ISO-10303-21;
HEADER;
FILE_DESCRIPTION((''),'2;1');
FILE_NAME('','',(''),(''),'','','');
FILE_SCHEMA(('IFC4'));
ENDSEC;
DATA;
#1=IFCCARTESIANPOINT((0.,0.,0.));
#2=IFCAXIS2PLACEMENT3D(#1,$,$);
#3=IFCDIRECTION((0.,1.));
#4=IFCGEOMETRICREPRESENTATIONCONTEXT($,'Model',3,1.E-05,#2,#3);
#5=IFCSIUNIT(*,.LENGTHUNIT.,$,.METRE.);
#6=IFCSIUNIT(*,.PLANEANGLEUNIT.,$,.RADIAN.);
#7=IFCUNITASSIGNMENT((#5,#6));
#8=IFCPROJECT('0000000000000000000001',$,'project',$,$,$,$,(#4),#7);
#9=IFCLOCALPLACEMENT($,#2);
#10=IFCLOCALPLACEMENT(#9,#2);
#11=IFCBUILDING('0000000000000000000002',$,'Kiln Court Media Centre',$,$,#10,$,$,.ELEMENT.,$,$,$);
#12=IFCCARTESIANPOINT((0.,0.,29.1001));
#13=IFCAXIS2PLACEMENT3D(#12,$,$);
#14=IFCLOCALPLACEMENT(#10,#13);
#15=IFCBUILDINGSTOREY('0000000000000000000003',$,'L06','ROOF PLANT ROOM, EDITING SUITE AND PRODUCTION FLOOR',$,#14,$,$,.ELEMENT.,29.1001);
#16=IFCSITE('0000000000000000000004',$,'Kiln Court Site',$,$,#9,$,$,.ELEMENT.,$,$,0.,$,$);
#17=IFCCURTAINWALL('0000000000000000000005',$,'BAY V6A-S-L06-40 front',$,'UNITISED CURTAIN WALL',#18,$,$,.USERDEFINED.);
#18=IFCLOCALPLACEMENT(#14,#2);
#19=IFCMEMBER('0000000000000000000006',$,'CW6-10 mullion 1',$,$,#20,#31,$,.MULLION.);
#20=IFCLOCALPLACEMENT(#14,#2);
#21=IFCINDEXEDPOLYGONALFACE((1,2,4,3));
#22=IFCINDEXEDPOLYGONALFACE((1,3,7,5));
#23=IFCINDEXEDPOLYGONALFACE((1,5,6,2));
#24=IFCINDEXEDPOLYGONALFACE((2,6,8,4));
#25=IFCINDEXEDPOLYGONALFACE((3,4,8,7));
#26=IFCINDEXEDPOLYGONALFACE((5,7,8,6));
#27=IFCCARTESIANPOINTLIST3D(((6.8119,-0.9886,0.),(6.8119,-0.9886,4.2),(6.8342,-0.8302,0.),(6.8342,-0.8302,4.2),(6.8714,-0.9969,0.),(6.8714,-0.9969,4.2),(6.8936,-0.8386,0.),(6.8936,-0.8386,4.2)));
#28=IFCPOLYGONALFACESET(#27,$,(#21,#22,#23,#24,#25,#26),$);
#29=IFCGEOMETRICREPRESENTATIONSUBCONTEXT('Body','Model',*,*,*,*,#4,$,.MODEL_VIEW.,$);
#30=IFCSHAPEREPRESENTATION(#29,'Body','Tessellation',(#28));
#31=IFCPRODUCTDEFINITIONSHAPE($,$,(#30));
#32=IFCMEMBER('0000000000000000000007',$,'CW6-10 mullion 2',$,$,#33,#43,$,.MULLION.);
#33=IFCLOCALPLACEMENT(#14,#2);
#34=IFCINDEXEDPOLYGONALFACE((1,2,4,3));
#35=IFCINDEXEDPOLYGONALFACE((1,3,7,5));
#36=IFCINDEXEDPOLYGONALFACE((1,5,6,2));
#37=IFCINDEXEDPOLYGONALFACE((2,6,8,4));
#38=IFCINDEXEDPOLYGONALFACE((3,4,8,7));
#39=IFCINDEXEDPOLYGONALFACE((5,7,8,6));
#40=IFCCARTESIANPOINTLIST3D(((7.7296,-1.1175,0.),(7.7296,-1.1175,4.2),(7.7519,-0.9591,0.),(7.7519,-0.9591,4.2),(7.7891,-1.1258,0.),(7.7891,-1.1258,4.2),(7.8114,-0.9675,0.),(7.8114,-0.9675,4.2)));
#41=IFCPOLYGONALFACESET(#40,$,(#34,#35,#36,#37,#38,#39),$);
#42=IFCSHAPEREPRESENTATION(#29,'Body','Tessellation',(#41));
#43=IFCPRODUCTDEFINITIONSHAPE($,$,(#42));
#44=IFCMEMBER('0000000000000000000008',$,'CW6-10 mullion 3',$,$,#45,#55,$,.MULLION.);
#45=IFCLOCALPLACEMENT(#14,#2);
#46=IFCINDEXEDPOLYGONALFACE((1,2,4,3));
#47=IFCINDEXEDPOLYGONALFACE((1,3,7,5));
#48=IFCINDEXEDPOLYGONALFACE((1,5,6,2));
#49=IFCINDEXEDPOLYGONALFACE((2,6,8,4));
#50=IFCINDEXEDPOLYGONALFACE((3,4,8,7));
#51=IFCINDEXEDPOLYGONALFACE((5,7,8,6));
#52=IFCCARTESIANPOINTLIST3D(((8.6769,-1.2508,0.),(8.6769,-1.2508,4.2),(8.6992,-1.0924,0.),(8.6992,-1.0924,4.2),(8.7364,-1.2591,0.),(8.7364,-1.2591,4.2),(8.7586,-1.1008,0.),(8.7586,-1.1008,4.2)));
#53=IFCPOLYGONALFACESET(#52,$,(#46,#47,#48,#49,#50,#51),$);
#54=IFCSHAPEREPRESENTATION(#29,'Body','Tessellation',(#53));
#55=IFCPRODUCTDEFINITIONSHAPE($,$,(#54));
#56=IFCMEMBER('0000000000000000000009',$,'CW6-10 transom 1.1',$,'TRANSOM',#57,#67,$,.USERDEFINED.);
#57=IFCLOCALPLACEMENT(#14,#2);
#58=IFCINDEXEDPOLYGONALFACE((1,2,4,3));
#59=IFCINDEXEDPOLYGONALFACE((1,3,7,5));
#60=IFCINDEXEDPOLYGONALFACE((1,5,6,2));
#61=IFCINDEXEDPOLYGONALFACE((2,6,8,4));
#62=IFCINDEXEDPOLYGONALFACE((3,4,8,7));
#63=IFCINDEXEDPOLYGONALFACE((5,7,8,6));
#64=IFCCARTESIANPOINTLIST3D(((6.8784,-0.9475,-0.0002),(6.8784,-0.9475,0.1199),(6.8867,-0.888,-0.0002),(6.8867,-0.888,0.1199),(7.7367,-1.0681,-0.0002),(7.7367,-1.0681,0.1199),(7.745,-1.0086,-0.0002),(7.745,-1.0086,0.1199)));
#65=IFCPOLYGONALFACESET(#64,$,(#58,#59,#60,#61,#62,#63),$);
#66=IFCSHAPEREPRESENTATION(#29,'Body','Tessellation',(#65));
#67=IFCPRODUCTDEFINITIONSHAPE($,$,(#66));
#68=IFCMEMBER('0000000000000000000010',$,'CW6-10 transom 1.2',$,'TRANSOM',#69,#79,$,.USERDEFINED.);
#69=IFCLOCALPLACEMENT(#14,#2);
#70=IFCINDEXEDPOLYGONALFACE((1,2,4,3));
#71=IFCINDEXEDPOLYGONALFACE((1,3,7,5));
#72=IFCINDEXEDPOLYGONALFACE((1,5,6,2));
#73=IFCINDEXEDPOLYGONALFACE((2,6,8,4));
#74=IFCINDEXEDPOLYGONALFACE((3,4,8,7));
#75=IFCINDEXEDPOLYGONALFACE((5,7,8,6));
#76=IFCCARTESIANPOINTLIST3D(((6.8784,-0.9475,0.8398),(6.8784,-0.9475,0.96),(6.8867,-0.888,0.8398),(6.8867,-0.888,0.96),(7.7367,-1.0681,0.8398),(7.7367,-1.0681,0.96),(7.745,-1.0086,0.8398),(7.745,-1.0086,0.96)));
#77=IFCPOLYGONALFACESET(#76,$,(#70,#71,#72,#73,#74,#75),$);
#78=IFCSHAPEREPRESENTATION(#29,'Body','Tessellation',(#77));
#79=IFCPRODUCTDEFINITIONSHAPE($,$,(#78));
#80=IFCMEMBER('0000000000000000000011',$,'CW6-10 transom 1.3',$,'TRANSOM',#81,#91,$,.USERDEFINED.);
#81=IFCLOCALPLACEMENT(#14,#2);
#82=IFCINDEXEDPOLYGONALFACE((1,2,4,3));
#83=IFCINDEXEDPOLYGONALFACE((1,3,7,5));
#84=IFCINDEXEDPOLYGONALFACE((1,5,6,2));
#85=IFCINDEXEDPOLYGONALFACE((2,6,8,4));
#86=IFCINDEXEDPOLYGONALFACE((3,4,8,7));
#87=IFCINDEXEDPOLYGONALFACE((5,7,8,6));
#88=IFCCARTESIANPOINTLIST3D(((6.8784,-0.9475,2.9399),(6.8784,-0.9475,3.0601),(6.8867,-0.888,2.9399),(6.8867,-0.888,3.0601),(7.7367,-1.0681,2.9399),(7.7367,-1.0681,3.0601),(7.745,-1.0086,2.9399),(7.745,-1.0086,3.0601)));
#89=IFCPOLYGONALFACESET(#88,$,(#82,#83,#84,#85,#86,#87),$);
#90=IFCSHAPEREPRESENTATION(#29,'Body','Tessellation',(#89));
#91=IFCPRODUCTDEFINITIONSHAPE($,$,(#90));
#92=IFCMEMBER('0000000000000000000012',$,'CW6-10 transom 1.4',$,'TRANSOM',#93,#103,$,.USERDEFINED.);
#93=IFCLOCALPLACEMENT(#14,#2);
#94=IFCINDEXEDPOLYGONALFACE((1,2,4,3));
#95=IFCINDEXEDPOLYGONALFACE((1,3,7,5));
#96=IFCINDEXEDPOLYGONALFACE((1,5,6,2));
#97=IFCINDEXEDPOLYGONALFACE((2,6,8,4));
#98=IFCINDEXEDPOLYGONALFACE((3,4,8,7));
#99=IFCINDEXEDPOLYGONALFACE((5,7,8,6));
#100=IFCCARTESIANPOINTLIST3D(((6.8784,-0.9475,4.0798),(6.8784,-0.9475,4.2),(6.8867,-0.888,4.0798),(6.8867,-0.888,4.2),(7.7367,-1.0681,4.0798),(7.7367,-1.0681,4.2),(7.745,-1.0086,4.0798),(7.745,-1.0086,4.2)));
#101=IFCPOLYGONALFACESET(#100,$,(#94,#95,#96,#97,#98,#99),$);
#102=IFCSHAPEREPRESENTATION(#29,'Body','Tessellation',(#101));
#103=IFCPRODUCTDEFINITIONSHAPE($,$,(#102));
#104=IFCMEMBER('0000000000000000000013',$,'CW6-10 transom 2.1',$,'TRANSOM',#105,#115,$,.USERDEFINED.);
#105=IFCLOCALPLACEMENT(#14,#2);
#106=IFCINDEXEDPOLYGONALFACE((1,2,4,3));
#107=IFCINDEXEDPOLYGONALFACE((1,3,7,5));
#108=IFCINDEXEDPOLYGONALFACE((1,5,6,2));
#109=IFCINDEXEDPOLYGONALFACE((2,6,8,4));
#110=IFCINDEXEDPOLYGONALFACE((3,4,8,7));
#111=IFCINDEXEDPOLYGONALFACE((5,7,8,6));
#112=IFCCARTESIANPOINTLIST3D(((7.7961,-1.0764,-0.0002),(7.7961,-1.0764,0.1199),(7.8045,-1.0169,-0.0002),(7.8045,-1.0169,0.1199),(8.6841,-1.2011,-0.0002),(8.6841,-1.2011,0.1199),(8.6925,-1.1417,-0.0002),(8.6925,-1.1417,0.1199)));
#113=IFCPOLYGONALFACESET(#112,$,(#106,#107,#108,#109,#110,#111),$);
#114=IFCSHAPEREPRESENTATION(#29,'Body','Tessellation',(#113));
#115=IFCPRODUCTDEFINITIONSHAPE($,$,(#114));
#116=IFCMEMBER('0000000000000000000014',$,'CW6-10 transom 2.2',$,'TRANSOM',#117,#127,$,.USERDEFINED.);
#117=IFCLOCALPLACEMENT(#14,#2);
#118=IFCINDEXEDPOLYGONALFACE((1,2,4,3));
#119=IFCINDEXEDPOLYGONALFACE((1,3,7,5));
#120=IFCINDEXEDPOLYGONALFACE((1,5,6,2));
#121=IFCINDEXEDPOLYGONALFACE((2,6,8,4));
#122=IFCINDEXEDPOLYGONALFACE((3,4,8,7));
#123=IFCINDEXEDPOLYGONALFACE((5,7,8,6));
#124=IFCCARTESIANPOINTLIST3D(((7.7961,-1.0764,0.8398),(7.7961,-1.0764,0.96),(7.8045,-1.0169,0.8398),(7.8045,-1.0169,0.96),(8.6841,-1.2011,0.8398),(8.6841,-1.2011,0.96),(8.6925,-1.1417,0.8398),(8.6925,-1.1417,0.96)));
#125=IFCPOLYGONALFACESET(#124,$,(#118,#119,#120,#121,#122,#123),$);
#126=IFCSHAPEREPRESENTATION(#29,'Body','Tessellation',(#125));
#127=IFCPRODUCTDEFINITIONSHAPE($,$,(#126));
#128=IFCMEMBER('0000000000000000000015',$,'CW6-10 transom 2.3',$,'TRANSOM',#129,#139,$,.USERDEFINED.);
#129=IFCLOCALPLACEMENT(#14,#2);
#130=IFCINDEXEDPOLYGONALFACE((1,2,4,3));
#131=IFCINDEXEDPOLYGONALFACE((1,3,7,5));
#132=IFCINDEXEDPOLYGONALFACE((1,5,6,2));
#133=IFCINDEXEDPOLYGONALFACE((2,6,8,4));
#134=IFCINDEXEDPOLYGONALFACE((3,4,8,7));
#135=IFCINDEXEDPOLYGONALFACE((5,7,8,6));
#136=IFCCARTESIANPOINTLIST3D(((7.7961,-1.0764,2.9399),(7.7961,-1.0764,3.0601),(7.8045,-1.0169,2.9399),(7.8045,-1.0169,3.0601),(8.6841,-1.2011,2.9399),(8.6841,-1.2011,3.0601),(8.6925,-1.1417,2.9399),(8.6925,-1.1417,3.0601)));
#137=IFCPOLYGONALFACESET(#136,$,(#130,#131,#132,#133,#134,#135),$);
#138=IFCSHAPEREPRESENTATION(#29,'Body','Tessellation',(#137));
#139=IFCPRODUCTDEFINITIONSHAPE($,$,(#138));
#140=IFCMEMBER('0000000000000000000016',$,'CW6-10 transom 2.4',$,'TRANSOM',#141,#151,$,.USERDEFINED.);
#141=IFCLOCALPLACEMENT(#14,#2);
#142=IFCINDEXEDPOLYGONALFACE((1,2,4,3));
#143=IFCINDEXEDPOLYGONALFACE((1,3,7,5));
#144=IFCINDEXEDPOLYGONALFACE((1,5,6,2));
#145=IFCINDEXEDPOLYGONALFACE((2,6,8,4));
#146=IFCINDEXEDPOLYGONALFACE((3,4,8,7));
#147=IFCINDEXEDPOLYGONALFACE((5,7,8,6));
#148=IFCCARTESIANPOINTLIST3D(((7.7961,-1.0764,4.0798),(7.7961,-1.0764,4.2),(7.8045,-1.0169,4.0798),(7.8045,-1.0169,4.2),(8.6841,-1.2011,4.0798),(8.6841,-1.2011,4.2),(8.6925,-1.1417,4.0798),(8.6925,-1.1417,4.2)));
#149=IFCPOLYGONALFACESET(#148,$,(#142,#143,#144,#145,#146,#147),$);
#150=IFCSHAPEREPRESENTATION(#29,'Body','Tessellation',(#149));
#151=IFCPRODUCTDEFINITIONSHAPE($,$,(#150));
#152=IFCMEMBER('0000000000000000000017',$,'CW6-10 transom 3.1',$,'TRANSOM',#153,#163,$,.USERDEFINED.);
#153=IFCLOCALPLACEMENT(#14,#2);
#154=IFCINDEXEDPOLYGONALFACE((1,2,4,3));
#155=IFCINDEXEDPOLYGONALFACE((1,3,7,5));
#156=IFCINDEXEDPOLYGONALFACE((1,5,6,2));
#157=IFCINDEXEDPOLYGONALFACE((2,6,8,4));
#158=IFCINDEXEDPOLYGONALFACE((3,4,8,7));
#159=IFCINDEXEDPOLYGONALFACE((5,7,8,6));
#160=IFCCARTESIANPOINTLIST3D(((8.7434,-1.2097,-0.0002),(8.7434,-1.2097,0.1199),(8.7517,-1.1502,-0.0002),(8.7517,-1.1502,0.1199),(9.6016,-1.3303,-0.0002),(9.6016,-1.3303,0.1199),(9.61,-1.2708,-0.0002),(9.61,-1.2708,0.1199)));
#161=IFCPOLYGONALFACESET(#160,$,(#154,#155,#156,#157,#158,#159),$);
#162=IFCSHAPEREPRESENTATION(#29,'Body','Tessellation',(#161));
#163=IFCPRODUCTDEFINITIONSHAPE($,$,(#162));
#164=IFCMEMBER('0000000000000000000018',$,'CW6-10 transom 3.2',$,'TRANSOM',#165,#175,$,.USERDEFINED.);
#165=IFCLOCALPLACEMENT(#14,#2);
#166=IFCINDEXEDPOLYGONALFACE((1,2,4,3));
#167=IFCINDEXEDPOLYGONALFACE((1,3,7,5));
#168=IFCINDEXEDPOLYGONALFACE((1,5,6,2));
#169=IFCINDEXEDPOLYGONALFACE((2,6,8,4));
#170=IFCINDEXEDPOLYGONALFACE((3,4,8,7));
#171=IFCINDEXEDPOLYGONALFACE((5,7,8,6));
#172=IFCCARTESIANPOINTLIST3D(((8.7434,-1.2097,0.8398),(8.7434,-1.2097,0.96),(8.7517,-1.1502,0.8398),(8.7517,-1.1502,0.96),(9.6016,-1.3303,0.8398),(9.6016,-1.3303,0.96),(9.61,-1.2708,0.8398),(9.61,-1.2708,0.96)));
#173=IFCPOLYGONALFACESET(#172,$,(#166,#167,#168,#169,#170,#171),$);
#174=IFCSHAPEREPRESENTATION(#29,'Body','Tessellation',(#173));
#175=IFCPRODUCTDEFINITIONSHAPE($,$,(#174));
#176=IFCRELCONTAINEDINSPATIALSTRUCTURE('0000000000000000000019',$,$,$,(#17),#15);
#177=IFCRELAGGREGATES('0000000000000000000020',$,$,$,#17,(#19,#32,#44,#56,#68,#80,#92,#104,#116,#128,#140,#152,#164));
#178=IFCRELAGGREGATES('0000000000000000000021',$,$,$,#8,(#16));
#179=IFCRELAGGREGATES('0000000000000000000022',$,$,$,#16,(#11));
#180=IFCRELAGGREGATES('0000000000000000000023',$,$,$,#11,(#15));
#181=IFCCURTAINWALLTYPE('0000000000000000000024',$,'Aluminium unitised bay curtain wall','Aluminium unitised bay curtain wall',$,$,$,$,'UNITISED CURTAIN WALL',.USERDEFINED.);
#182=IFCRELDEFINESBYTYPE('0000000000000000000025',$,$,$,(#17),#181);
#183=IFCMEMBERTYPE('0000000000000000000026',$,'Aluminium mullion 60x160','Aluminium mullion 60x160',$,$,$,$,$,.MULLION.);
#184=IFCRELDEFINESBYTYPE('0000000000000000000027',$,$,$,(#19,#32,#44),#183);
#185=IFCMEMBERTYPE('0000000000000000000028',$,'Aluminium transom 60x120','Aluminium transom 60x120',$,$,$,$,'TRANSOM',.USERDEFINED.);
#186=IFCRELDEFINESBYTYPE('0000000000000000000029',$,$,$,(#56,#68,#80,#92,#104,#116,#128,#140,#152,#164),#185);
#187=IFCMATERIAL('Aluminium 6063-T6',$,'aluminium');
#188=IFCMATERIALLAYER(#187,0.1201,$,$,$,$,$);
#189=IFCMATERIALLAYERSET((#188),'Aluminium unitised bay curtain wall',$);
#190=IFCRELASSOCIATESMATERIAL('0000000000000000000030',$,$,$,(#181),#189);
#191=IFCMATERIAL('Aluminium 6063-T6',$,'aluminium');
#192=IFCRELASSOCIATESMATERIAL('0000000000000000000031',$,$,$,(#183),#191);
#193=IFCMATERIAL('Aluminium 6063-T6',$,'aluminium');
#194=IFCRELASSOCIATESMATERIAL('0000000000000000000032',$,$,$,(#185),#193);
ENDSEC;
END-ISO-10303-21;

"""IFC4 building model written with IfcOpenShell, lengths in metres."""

from ifc_helpers import new_model, si_unit, direction, frame, origin, origin_2d, place, context, subcontext, project, spatial, rectangle, extrude, material, layer, layer_set, material_profile, profile_set, type_object, element, aggregate, save


model = new_model("IFC4")

# Units and contexts
model_context = context("Model", 3, precision=1e-05, world=origin(), true_north=direction((0.0, 1.0)))
body_context = subcontext(model_context, "Body", "Model", "MODEL_VIEW")
ifc_project = project(units=[si_unit("LENGTHUNIT", "METRE"), si_unit("PLANEANGLEUNIT", "RADIAN")], contexts=[model_context])

# Site, building, storey
site_placement = place(None, origin())
site = spatial("IfcSite", under=ifc_project, at=site_placement, Name="Kiln Court Site", CompositionType="ELEMENT", RefElevation=0.0)
building_placement = place(site_placement, origin())
building = spatial("IfcBuilding", under=site, at=building_placement, Name="Kiln Court Media Centre", CompositionType="ELEMENT")
storey_placement = place(building_placement, frame((0.0, 0.0, 29.1001)))
storey = spatial("IfcBuildingStorey", under=building, at=storey_placement, Name="L06", Description="ROOF PLANT ROOM, EDITING SUITE AND PRODUCTION FLOOR", CompositionType="ELEMENT", Elevation=29.1001)

# Curtain wall, members
ifc_material_1 = material(Name="Aluminium 6063-T6", Category="aluminium")
ifc_layer_1 = layer(ifc_material_1, 0.1201)
ifc_layer_set_1 = layer_set([ifc_layer_1], Name="Aluminium unitised bay curtain wall")
curtain_wall_type = type_object("IfcCurtainWallType", Name="Aluminium unitised bay curtain wall", Description="Aluminium unitised bay curtain wall", ElementType="UNITISED CURTAIN WALL", PredefinedType="USERDEFINED", material=ifc_layer_set_1)
curtain_wall_placement = place(storey_placement, origin())
curtain_wall = element("IfcCurtainWall", 1, at=curtain_wall_placement, inside=storey, type_object=curtain_wall_type, Name="BAY V6A-S-L06-40 front", ObjectType="UNITISED CURTAIN WALL", PredefinedType="USERDEFINED")
ifc_material_2 = material(Name="Aluminium 6063-T6", Category="aluminium")
ifc_material_profile_1 = material_profile(ifc_material_2, rectangle(XDim=0.0601, YDim=0.1599, at=origin_2d()), Name="Aluminium mullion 60x160")
ifc_profile_set_1 = profile_set([ifc_material_profile_1], Name="Aluminium 6063-T6")
member_type_1 = type_object("IfcMemberType", Name="Aluminium mullion 60x160", Description="Aluminium mullion 60x160", PredefinedType="MULLION", material=ifc_profile_set_1)
member_1_placement = place(storey_placement, frame((6.8528, -0.9136, 0.0), z_axis=(0.0, 0.0, 1.0), x_axis=(0.99027, -0.139162, 0.0)))
member_1 = element("IfcMember", 2, at=member_1_placement, type_object=member_type_1, Name="CW6-10 mullion 1", PredefinedType="MULLION", context=body_context, shape_type="SweptSolid", body=[
    extrude(rectangle(XDim=0.0601, YDim=0.1599, at=origin_2d()), origin(), (0.0, 0.0, 1.0), 4.2),
])
member_2_placement = place(storey_placement, frame((7.7705, -1.0425, 0.0), z_axis=(0.0, 0.0, 1.0), x_axis=(0.99027, -0.139162, 0.0)))
member_2 = element("IfcMember", 3, at=member_2_placement, type_object=member_type_1, Name="CW6-10 mullion 2", PredefinedType="MULLION", context=body_context, shape_type="SweptSolid", body=[
    extrude(rectangle(XDim=0.0601, YDim=0.1599, at=origin_2d()), origin(), (0.0, 0.0, 1.0), 4.2),
])
member_3_placement = place(storey_placement, frame((8.7178, -1.1758, 0.0), z_axis=(0.0, 0.0, 1.0), x_axis=(0.99027, -0.139162, 0.0)))
member_3 = element("IfcMember", 4, at=member_3_placement, type_object=member_type_1, Name="CW6-10 mullion 3", PredefinedType="MULLION", context=body_context, shape_type="SweptSolid", body=[
    extrude(rectangle(XDim=0.0601, YDim=0.1599, at=origin_2d()), origin(), (0.0, 0.0, 1.0), 4.2),
])
ifc_material_3 = material(Name="Aluminium 6063-T6", Category="aluminium")
ifc_material_profile_2 = material_profile(ifc_material_3, rectangle(XDim=0.0601, YDim=0.1201, at=origin_2d()), Name="Aluminium transom 60x120")
ifc_profile_set_2 = profile_set([ifc_material_profile_2], Name="Aluminium 6063-T6")
member_type_2 = type_object("IfcMemberType", Name="Aluminium transom 60x120", Description="Aluminium transom 60x120", ElementType="TRANSOM", PredefinedType="USERDEFINED", material=ifc_profile_set_2)
member_4_placement = place(storey_placement, frame((6.8826, -0.9177, 0.0598), z_axis=(0.990268, -0.139173, 0.0), x_axis=(0.139173, 0.990268, 0.0)))
member_4 = element("IfcMember", 5, at=member_4_placement, type_object=member_type_2, Name="CW6-10 transom 1.1", ObjectType="TRANSOM", PredefinedType="USERDEFINED", context=body_context, shape_type="SweptSolid", body=[
    extrude(rectangle(XDim=0.0601, YDim=0.1201, at=origin_2d()), origin(), (0.0, 0.0, 1.0), 0.8667),
])
member_5_placement = place(storey_placement, frame((6.8826, -0.9177, 0.8999), z_axis=(0.990268, -0.139173, 0.0), x_axis=(0.139173, 0.990268, 0.0)))
member_5 = element("IfcMember", 6, at=member_5_placement, type_object=member_type_2, Name="CW6-10 transom 1.2", ObjectType="TRANSOM", PredefinedType="USERDEFINED", context=body_context, shape_type="SweptSolid", body=[
    extrude(rectangle(XDim=0.0601, YDim=0.1201, at=origin_2d()), origin(), (0.0, 0.0, 1.0), 0.8667),
])
member_6_placement = place(storey_placement, frame((6.8826, -0.9177, 3.0), z_axis=(0.990268, -0.139173, 0.0), x_axis=(0.139173, 0.990268, 0.0)))
member_6 = element("IfcMember", 7, at=member_6_placement, type_object=member_type_2, Name="CW6-10 transom 1.3", ObjectType="TRANSOM", PredefinedType="USERDEFINED", context=body_context, shape_type="SweptSolid", body=[
    extrude(rectangle(XDim=0.0601, YDim=0.1201, at=origin_2d()), origin(), (0.0, 0.0, 1.0), 0.8667),
])
member_7_placement = place(storey_placement, frame((6.8826, -0.9177, 4.1399), z_axis=(0.990268, -0.139173, 0.0), x_axis=(0.139173, 0.990268, 0.0)))
member_7 = element("IfcMember", 8, at=member_7_placement, type_object=member_type_2, Name="CW6-10 transom 1.4", ObjectType="TRANSOM", PredefinedType="USERDEFINED", context=body_context, shape_type="SweptSolid", body=[
    extrude(rectangle(XDim=0.0601, YDim=0.1201, at=origin_2d()), origin(), (0.0, 0.0, 1.0), 0.8667),
])
member_8_placement = place(storey_placement, frame((7.8003, -1.0466, 0.0598), z_axis=(0.990274, -0.139134, 0.0), x_axis=(0.139134, 0.990274, 0.0)))
member_8 = element("IfcMember", 9, at=member_8_placement, type_object=member_type_2, Name="CW6-10 transom 2.1", ObjectType="TRANSOM", PredefinedType="USERDEFINED", context=body_context, shape_type="SweptSolid", body=[
    extrude(rectangle(XDim=0.0601, YDim=0.1201, at=origin_2d()), origin(), (0.0, 0.0, 1.0), 0.8967),
])
member_9_placement = place(storey_placement, frame((7.8003, -1.0466, 0.8999), z_axis=(0.990274, -0.139134, 0.0), x_axis=(0.139134, 0.990274, 0.0)))
member_9 = element("IfcMember", 10, at=member_9_placement, type_object=member_type_2, Name="CW6-10 transom 2.2", ObjectType="TRANSOM", PredefinedType="USERDEFINED", context=body_context, shape_type="SweptSolid", body=[
    extrude(rectangle(XDim=0.0601, YDim=0.1201, at=origin_2d()), origin(), (0.0, 0.0, 1.0), 0.8967),
])
member_10_placement = place(storey_placement, frame((7.8003, -1.0466, 3.0), z_axis=(0.990274, -0.139134, 0.0), x_axis=(0.139134, 0.990274, 0.0)))
member_10 = element("IfcMember", 11, at=member_10_placement, type_object=member_type_2, Name="CW6-10 transom 2.3", ObjectType="TRANSOM", PredefinedType="USERDEFINED", context=body_context, shape_type="SweptSolid", body=[
    extrude(rectangle(XDim=0.0601, YDim=0.1201, at=origin_2d()), origin(), (0.0, 0.0, 1.0), 0.8967),
])
member_11_placement = place(storey_placement, frame((7.8003, -1.0466, 4.1399), z_axis=(0.990274, -0.139134, 0.0), x_axis=(0.139134, 0.990274, 0.0)))
member_11 = element("IfcMember", 12, at=member_11_placement, type_object=member_type_2, Name="CW6-10 transom 2.4", ObjectType="TRANSOM", PredefinedType="USERDEFINED", context=body_context, shape_type="SweptSolid", body=[
    extrude(rectangle(XDim=0.0601, YDim=0.1201, at=origin_2d()), origin(), (0.0, 0.0, 1.0), 0.8967),
])
member_12_placement = place(storey_placement, frame((8.7476, -1.1799, 0.0598), z_axis=(0.990268, -0.139173, 0.0), x_axis=(0.139173, 0.990268, 0.0)))
member_12 = element("IfcMember", 13, at=member_12_placement, type_object=member_type_2, Name="CW6-10 transom 3.1", ObjectType="TRANSOM", PredefinedType="USERDEFINED", context=body_context, shape_type="SweptSolid", body=[
    extrude(rectangle(XDim=0.0601, YDim=0.1201, at=origin_2d()), origin(), (0.0, 0.0, 1.0), 0.8667),
])
member_13_placement = place(storey_placement, frame((8.7476, -1.1799, 0.8999), z_axis=(0.990268, -0.139173, 0.0), x_axis=(0.139173, 0.990268, 0.0)))
member_13 = element("IfcMember", 14, at=member_13_placement, type_object=member_type_2, Name="CW6-10 transom 3.2", ObjectType="TRANSOM", PredefinedType="USERDEFINED", context=body_context, shape_type="SweptSolid", body=[
    extrude(rectangle(XDim=0.0601, YDim=0.1201, at=origin_2d()), origin(), (0.0, 0.0, 1.0), 0.8667),
])

aggregate(curtain_wall, [member_1, member_2, member_3, member_4, member_5, member_6, member_7, member_8, member_9, member_10, member_11, member_12, member_13])

save(model, "model.ifc")
